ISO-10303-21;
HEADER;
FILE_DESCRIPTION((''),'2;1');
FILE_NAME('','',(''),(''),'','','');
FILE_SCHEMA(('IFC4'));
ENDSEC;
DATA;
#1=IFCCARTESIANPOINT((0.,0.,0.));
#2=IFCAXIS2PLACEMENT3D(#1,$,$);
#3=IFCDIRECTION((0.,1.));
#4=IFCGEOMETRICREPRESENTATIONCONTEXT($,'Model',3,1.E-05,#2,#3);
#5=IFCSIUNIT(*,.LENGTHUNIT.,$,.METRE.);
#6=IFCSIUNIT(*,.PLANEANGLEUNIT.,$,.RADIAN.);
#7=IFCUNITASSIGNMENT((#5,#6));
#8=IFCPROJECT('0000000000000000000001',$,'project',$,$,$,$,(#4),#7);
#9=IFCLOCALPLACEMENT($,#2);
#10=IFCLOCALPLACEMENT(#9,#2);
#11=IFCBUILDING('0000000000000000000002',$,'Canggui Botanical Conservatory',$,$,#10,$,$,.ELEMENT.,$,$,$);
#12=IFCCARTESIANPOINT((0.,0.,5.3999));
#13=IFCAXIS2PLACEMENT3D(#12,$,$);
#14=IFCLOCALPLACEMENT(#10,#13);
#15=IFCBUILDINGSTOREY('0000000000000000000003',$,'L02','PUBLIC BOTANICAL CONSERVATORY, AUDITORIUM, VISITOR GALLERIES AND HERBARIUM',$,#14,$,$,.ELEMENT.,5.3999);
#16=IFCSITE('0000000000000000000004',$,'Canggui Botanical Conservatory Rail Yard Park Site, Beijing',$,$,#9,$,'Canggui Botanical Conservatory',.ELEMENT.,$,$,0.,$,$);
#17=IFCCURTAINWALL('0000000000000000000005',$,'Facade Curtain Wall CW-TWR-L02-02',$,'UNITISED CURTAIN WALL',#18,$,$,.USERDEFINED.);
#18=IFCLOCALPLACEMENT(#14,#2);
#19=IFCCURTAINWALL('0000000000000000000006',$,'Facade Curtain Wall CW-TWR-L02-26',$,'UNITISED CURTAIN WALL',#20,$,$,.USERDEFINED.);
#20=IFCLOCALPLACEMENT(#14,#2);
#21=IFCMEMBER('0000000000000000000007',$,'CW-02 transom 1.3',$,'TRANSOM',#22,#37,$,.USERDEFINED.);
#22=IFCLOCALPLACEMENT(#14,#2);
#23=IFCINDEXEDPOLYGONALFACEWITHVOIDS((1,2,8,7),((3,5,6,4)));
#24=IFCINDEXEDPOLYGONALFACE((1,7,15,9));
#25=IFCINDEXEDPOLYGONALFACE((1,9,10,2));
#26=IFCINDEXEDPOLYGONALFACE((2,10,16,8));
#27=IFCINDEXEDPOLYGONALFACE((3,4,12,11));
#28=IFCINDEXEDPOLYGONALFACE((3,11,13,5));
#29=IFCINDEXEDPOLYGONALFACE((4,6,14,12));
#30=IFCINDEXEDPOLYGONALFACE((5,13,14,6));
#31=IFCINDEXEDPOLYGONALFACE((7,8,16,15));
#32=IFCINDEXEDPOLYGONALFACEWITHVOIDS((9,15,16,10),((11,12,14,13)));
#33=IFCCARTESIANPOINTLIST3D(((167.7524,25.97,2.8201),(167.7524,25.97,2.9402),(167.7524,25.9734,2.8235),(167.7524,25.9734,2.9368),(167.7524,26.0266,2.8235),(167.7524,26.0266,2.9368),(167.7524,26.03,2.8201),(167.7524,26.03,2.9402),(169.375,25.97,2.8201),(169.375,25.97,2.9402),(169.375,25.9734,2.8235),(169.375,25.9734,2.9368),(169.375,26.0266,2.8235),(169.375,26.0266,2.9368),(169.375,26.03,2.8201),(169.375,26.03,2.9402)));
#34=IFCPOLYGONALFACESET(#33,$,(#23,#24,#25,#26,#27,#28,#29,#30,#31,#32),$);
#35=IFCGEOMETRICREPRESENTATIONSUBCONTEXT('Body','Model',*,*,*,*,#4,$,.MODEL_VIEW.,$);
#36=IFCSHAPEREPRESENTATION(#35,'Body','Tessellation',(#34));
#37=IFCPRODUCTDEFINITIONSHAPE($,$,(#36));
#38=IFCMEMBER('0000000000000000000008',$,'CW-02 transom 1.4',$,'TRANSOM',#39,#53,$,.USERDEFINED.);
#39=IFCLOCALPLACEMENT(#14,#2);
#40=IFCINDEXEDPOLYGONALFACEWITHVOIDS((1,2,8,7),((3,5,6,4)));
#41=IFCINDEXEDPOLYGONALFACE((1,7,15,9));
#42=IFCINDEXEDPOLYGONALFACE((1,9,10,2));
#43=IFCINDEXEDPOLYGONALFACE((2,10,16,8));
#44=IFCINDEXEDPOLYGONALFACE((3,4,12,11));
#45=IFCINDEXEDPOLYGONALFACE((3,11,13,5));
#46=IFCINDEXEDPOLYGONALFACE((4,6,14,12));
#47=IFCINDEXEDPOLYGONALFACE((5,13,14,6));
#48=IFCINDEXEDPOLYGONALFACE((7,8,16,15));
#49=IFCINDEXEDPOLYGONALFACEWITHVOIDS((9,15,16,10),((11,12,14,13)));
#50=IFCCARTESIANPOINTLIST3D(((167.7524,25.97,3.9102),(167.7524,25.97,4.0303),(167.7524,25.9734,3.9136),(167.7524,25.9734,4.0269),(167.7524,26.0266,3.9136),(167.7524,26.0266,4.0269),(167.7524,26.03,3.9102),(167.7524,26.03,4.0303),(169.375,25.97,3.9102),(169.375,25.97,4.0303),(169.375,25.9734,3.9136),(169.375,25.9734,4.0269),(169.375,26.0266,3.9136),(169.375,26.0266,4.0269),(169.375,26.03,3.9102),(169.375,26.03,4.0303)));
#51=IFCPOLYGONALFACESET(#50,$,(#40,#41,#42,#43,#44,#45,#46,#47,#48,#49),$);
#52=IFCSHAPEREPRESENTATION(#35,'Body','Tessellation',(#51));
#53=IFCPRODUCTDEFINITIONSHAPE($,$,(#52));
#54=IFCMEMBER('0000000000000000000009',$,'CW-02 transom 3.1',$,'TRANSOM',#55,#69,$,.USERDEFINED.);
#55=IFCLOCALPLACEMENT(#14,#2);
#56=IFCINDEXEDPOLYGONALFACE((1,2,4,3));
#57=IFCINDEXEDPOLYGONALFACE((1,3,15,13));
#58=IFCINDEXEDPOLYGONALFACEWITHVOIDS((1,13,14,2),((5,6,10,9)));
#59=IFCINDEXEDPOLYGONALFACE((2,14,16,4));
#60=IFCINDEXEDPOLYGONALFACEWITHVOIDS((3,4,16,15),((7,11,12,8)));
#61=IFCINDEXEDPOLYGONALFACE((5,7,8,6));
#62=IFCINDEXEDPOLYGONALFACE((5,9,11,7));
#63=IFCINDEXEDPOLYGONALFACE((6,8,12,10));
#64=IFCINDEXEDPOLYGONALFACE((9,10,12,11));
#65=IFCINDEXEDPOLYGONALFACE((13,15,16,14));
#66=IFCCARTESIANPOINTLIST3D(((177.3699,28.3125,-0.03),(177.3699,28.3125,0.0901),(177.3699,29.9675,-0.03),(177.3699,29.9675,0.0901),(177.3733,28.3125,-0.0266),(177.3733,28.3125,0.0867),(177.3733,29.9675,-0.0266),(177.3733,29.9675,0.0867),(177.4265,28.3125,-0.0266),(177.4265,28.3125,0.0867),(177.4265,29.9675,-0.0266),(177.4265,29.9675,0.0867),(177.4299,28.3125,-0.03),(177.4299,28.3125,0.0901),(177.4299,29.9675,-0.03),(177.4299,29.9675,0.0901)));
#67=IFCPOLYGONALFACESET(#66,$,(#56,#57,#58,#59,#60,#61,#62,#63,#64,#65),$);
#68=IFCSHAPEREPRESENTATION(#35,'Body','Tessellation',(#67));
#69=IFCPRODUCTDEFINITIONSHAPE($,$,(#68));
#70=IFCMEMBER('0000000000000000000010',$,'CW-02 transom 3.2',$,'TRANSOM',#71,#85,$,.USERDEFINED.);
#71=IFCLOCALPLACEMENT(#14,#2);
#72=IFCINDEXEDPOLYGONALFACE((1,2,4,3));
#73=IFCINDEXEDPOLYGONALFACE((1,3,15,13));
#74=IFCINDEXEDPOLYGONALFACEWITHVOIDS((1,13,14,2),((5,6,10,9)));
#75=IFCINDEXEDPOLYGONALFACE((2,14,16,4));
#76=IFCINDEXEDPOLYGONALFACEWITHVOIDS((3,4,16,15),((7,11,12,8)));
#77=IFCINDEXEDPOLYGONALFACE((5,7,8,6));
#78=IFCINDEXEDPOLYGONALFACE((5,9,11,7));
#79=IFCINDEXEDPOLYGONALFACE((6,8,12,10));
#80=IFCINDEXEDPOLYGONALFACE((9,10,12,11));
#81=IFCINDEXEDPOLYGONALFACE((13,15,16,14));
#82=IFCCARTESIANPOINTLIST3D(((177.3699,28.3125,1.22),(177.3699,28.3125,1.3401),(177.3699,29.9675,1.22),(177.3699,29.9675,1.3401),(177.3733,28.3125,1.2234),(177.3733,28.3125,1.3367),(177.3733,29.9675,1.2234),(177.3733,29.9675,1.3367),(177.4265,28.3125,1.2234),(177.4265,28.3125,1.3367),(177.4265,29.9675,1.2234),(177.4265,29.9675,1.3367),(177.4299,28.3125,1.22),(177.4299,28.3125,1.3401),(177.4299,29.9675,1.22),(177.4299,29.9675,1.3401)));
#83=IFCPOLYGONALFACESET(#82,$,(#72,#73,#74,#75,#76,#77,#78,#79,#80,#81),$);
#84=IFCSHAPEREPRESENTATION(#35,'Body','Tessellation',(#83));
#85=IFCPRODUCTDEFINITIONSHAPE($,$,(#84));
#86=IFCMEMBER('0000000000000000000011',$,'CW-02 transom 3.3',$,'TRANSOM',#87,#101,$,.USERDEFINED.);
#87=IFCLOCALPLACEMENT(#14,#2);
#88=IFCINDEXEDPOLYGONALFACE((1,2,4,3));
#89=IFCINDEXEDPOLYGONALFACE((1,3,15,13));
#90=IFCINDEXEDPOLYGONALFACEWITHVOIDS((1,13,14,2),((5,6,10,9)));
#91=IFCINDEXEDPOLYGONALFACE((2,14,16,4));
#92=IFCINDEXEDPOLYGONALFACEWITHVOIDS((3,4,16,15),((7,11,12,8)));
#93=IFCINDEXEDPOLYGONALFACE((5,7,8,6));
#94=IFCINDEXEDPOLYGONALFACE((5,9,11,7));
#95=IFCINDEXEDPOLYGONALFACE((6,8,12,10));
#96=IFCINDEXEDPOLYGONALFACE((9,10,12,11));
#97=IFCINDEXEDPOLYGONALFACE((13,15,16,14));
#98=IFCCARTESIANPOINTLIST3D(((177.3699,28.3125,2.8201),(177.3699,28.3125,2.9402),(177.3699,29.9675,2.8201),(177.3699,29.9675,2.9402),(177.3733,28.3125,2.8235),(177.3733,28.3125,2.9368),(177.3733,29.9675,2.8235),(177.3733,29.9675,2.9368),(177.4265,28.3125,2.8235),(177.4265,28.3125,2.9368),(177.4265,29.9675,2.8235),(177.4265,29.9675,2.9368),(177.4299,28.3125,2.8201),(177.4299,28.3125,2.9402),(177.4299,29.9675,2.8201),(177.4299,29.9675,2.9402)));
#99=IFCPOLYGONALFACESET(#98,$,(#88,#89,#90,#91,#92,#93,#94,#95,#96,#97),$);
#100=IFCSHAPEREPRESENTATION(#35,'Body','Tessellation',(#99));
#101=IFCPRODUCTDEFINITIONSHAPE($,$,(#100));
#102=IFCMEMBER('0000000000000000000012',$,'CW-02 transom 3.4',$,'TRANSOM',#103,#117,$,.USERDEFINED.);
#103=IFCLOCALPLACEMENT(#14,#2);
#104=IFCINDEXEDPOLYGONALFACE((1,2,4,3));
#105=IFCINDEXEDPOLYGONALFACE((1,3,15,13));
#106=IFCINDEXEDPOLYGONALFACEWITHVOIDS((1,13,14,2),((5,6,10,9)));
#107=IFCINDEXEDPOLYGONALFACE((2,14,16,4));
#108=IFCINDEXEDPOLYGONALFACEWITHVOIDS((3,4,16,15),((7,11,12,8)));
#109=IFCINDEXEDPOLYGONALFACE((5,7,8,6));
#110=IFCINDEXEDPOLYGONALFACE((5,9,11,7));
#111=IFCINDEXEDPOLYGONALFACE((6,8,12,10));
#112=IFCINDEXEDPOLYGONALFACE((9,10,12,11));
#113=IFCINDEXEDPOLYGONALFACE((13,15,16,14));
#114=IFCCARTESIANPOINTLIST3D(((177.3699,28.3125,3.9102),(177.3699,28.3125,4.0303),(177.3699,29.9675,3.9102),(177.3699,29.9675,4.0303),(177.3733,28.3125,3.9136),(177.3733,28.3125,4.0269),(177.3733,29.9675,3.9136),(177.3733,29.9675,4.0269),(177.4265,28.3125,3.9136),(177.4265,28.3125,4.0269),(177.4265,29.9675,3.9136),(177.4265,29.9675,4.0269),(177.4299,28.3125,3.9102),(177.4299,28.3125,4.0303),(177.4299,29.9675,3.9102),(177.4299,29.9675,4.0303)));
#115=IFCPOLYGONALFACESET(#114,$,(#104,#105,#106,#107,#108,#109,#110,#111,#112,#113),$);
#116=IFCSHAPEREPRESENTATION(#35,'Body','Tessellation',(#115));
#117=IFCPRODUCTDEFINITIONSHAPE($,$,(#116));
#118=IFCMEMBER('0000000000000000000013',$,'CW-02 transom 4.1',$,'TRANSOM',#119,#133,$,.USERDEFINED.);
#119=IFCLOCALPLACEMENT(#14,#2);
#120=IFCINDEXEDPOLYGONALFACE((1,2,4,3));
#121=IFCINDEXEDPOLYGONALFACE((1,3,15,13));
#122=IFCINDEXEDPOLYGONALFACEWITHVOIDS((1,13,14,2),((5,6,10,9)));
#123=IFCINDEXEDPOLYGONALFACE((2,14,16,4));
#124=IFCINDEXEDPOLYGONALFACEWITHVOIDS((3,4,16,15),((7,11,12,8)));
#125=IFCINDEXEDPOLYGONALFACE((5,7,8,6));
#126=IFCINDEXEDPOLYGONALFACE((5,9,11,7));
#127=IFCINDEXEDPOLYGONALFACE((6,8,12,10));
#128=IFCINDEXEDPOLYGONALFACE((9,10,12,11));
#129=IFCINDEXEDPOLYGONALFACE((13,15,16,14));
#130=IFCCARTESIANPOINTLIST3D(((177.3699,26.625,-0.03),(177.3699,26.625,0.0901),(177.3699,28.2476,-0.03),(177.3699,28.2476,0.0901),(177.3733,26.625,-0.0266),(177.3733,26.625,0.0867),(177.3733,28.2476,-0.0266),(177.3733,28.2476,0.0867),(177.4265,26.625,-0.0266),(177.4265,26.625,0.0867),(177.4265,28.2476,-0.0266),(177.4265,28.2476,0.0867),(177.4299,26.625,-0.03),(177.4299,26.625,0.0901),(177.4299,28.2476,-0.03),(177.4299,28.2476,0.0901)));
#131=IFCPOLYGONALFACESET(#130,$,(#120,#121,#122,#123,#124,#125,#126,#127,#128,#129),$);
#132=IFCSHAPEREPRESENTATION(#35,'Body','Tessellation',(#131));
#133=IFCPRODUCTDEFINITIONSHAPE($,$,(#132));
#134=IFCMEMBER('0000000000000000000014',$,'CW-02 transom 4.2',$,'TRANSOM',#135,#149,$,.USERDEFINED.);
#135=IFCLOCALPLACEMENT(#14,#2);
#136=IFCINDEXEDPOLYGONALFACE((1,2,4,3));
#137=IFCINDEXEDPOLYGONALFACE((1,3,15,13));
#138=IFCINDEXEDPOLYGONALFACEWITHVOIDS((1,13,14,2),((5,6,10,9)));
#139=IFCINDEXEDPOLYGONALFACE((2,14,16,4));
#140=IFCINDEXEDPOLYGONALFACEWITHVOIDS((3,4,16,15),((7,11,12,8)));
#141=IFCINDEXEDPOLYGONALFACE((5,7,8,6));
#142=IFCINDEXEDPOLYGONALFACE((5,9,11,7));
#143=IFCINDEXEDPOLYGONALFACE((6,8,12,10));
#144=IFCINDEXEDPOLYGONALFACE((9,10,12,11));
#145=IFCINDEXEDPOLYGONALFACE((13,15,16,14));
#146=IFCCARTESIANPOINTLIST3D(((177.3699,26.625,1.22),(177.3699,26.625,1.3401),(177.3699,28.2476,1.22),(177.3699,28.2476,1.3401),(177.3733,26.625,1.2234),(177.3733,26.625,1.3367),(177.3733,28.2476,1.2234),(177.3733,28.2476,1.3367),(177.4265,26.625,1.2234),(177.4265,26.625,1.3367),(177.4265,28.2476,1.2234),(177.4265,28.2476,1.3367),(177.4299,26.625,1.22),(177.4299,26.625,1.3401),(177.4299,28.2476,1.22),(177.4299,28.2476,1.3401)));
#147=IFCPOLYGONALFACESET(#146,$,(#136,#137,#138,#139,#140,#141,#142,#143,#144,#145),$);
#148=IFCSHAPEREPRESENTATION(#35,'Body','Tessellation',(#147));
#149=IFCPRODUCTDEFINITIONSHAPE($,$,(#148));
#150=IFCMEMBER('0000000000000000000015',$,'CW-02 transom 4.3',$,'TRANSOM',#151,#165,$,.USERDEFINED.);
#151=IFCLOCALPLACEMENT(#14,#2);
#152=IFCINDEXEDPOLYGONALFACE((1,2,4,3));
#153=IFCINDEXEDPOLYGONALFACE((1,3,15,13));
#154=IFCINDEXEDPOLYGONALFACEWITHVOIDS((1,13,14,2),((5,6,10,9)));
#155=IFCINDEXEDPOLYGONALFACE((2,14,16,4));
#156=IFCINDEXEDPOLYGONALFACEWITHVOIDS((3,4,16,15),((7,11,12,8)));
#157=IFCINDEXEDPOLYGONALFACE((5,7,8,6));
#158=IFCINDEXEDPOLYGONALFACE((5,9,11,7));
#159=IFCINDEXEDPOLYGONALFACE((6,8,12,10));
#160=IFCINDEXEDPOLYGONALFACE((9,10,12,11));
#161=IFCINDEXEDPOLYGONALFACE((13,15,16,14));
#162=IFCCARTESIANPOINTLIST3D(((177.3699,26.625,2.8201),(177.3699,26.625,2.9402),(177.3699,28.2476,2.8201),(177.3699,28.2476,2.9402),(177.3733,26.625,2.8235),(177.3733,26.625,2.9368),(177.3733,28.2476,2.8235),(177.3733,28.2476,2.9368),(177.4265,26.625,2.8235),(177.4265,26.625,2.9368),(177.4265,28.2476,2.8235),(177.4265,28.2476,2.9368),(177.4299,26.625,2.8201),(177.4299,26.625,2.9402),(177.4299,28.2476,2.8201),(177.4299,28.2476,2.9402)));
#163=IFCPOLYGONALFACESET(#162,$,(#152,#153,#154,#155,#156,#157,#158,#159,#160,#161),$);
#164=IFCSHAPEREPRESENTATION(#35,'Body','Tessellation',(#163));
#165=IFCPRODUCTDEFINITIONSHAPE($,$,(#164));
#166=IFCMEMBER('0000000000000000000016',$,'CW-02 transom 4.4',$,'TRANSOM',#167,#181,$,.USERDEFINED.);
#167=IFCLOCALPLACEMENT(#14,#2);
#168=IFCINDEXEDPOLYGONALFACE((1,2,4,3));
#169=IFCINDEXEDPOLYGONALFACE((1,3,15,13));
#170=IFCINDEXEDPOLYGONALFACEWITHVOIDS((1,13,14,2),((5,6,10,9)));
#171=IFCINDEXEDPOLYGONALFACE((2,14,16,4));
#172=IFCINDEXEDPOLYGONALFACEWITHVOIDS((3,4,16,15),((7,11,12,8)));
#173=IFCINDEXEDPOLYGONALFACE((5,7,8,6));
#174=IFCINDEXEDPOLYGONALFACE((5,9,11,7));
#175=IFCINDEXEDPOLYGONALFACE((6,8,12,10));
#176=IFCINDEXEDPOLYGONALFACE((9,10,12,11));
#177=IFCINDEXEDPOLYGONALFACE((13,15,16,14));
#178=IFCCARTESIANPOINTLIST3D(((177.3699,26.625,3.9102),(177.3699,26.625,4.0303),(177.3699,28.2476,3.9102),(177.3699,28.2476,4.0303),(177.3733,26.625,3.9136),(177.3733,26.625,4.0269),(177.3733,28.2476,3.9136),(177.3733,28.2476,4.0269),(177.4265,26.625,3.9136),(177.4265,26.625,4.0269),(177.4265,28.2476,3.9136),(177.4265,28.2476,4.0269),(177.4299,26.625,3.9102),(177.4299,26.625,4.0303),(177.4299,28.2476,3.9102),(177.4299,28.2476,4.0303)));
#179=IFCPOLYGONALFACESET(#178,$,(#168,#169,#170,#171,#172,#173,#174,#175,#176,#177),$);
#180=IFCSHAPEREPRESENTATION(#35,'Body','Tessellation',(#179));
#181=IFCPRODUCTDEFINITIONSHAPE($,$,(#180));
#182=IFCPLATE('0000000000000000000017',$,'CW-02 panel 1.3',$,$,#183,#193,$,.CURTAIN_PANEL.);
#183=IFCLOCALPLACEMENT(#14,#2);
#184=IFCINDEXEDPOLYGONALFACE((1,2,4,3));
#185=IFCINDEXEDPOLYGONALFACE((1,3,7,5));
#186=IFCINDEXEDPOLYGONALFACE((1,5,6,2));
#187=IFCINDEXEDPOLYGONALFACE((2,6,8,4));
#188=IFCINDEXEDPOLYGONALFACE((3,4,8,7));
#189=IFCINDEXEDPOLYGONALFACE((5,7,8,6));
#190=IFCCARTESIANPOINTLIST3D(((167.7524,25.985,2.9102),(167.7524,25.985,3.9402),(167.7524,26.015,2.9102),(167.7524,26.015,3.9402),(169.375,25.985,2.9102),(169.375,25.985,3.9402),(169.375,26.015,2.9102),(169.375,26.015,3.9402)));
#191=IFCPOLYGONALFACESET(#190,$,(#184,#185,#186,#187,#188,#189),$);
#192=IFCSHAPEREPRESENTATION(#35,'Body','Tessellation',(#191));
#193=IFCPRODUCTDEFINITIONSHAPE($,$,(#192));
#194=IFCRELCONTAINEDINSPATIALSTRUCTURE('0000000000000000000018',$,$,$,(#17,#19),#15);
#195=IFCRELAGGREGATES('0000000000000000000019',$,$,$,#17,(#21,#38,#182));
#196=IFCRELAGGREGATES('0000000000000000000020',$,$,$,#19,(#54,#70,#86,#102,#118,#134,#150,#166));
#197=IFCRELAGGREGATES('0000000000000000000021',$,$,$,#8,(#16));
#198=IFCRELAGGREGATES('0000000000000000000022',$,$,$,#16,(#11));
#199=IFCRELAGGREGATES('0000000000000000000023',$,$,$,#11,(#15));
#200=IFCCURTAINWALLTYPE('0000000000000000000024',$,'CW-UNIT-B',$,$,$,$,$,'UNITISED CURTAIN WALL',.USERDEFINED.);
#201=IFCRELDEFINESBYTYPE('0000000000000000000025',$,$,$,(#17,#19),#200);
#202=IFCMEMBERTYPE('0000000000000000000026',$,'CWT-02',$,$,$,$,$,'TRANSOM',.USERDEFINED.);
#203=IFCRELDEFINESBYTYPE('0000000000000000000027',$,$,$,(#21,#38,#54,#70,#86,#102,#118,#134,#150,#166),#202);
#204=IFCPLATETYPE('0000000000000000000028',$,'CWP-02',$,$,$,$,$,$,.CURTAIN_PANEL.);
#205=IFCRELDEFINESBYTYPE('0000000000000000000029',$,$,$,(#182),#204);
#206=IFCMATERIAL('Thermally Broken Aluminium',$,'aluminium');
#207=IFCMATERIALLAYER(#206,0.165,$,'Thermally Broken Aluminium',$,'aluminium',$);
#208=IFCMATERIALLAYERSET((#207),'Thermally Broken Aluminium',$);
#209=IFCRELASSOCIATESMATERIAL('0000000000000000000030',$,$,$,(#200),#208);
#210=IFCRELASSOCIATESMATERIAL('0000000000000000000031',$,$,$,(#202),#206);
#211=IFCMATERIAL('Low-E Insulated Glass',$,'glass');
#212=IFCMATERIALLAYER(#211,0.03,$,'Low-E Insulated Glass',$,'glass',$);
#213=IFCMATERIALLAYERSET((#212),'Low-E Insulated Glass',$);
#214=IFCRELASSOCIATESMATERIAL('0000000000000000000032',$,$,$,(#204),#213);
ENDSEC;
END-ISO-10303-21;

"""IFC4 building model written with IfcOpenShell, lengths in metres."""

from ifc_helpers import new_model, si_unit, direction, frame, origin, origin_2d, place, context, subcontext, project, spatial, rectangle, hollow_rectangle, extrude, material, layer, layer_set, material_profile, profile_set, type_object, element, aggregate, save


model = new_model("IFC4")

# Units and contexts
model_context = context("Model", 3, precision=1e-05, world=origin(), true_north=direction((0.0, 1.0)))
body_context = subcontext(model_context, "Body", "Model", "MODEL_VIEW")
ifc_project = project(units=[si_unit("LENGTHUNIT", "METRE"), si_unit("PLANEANGLEUNIT", "RADIAN")], contexts=[model_context])

# Site, building, storey
site_placement = place(None, origin())
site = spatial("IfcSite", under=ifc_project, at=site_placement, Name="Canggui Botanical Conservatory Rail Yard Park Site, Beijing", LongName="Canggui Botanical Conservatory", CompositionType="ELEMENT", RefElevation=0.0)
building_placement = place(site_placement, origin())
building = spatial("IfcBuilding", under=site, at=building_placement, Name="Canggui Botanical Conservatory", CompositionType="ELEMENT")
storey_placement = place(building_placement, frame((0.0, 0.0, 5.3999)))
storey = spatial("IfcBuildingStorey", under=building, at=storey_placement, Name="L02", Description="PUBLIC BOTANICAL CONSERVATORY, AUDITORIUM, VISITOR GALLERIES AND HERBARIUM", CompositionType="ELEMENT", Elevation=5.3999)

# Curtain wall
ifc_material_1 = material(Name="Thermally Broken Aluminium", Category="aluminium")
ifc_layer_1 = layer(ifc_material_1, 0.165, Name="Thermally Broken Aluminium", Category="aluminium")
ifc_layer_set_1 = layer_set([ifc_layer_1], Name="Thermally Broken Aluminium")
curtain_wall_type = type_object("IfcCurtainWallType", Name="CW-UNIT-B", ElementType="UNITISED CURTAIN WALL", PredefinedType="USERDEFINED", material=ifc_layer_set_1)
curtain_wall_1_placement = place(storey_placement, origin())
curtain_wall_1 = element("IfcCurtainWall", 1, at=curtain_wall_1_placement, inside=storey, type_object=curtain_wall_type, Name="Facade Curtain Wall CW-TWR-L02-02", ObjectType="UNITISED CURTAIN WALL", PredefinedType="USERDEFINED")

# Curtain wall
curtain_wall_2_placement = place(storey_placement, origin())
curtain_wall_2 = element("IfcCurtainWall", 2, at=curtain_wall_2_placement, inside=storey, type_object=curtain_wall_type, Name="Facade Curtain Wall CW-TWR-L02-26", ObjectType="UNITISED CURTAIN WALL", PredefinedType="USERDEFINED")

# Members
ifc_material_profile_1 = material_profile(ifc_material_1, hollow_rectangle(XDim=0.0601, YDim=0.1201, WallThickness=0.0034, at=origin_2d()), Name="CWT 60x120x3.5")
ifc_profile_set_1 = profile_set([ifc_material_profile_1], Name="Thermally Broken Aluminium")
member_type_1 = type_object("IfcMemberType", Name="CWT-02", ElementType="TRANSOM", PredefinedType="USERDEFINED", material=ifc_profile_set_1)
member_1_placement = place(storey_placement, frame((169.375, 26.0, 2.8801), z_axis=(-1.0, 0.0, 0.0), x_axis=(0.0, -1.0, 0.0)))
member_1 = element("IfcMember", 3, at=member_1_placement, type_object=member_type_1, Name="CW-02 transom 1.3", ObjectType="TRANSOM", PredefinedType="USERDEFINED", context=body_context, shape_type="SweptSolid", body=[
    extrude(hollow_rectangle(XDim=0.0601, YDim=0.1201, WallThickness=0.0034, at=origin_2d()), origin(), (0.0, 0.0, 1.0), 1.6226),
])
member_2_placement = place(storey_placement, frame((169.375, 26.0, 3.9702), z_axis=(-1.0, 0.0, 0.0), x_axis=(0.0, -1.0, 0.0)))
member_2 = element("IfcMember", 4, at=member_2_placement, type_object=member_type_1, Name="CW-02 transom 1.4", ObjectType="TRANSOM", PredefinedType="USERDEFINED", context=body_context, shape_type="SweptSolid", body=[
    extrude(hollow_rectangle(XDim=0.0601, YDim=0.1201, WallThickness=0.0034, at=origin_2d()), origin(), (0.0, 0.0, 1.0), 1.6226),
])
member_3_placement = place(storey_placement, frame((177.3999, 29.9675, 0.03), z_axis=(0.0, -1.0, 0.0), x_axis=(1.0, 0.0, 0.0)))
member_3 = element("IfcMember", 5, at=member_3_placement, type_object=member_type_1, Name="CW-02 transom 3.1", ObjectType="TRANSOM", PredefinedType="USERDEFINED", context=body_context, shape_type="SweptSolid", body=[
    extrude(hollow_rectangle(XDim=0.0601, YDim=0.1201, WallThickness=0.0034, at=origin_2d()), origin(), (0.0, 0.0, 1.0), 1.655),
])
member_4_placement = place(storey_placement, frame((177.3999, 29.9675, 1.28), z_axis=(0.0, -1.0, 0.0), x_axis=(1.0, 0.0, 0.0)))
member_4 = element("IfcMember", 6, at=member_4_placement, type_object=member_type_1, Name="CW-02 transom 3.2", ObjectType="TRANSOM", PredefinedType="USERDEFINED", context=body_context, shape_type="SweptSolid", body=[
    extrude(hollow_rectangle(XDim=0.0601, YDim=0.1201, WallThickness=0.0034, at=origin_2d()), origin(), (0.0, 0.0, 1.0), 1.655),
])
member_5_placement = place(storey_placement, frame((177.3999, 29.9675, 2.8801), z_axis=(0.0, -1.0, 0.0), x_axis=(1.0, 0.0, 0.0)))
member_5 = element("IfcMember", 7, at=member_5_placement, type_object=member_type_1, Name="CW-02 transom 3.3", ObjectType="TRANSOM", PredefinedType="USERDEFINED", context=body_context, shape_type="SweptSolid", body=[
    extrude(hollow_rectangle(XDim=0.0601, YDim=0.1201, WallThickness=0.0034, at=origin_2d()), origin(), (0.0, 0.0, 1.0), 1.655),
])
member_6_placement = place(storey_placement, frame((177.3999, 29.9675, 3.9702), z_axis=(0.0, -1.0, 0.0), x_axis=(1.0, 0.0, 0.0)))
member_6 = element("IfcMember", 8, at=member_6_placement, type_object=member_type_1, Name="CW-02 transom 3.4", ObjectType="TRANSOM", PredefinedType="USERDEFINED", context=body_context, shape_type="SweptSolid", body=[
    extrude(hollow_rectangle(XDim=0.0601, YDim=0.1201, WallThickness=0.0034, at=origin_2d()), origin(), (0.0, 0.0, 1.0), 1.655),
])
member_7_placement = place(storey_placement, frame((177.3999, 28.2476, 0.03), z_axis=(0.0, -1.0, 0.0), x_axis=(1.0, 0.0, 0.0)))
member_7 = element("IfcMember", 9, at=member_7_placement, type_object=member_type_1, Name="CW-02 transom 4.1", ObjectType="TRANSOM", PredefinedType="USERDEFINED", context=body_context, shape_type="SweptSolid", body=[
    extrude(hollow_rectangle(XDim=0.0601, YDim=0.1201, WallThickness=0.0034, at=origin_2d()), origin(), (0.0, 0.0, 1.0), 1.6226),
])
member_8_placement = place(storey_placement, frame((177.3999, 28.2476, 1.28), z_axis=(0.0, -1.0, 0.0), x_axis=(1.0, 0.0, 0.0)))
member_8 = element("IfcMember", 10, at=member_8_placement, type_object=member_type_1, Name="CW-02 transom 4.2", ObjectType="TRANSOM", PredefinedType="USERDEFINED", context=body_context, shape_type="SweptSolid", body=[
    extrude(hollow_rectangle(XDim=0.0601, YDim=0.1201, WallThickness=0.0034, at=origin_2d()), origin(), (0.0, 0.0, 1.0), 1.6226),
])
member_9_placement = place(storey_placement, frame((177.3999, 28.2476, 2.8801), z_axis=(0.0, -1.0, 0.0), x_axis=(1.0, 0.0, 0.0)))
member_9 = element("IfcMember", 11, at=member_9_placement, type_object=member_type_1, Name="CW-02 transom 4.3", ObjectType="TRANSOM", PredefinedType="USERDEFINED", context=body_context, shape_type="SweptSolid", body=[
    extrude(hollow_rectangle(XDim=0.0601, YDim=0.1201, WallThickness=0.0034, at=origin_2d()), origin(), (0.0, 0.0, 1.0), 1.6226),
])
member_10_placement = place(storey_placement, frame((177.3999, 28.2476, 3.9702), z_axis=(0.0, -1.0, 0.0), x_axis=(1.0, 0.0, 0.0)))
member_10 = element("IfcMember", 12, at=member_10_placement, type_object=member_type_1, Name="CW-02 transom 4.4", ObjectType="TRANSOM", PredefinedType="USERDEFINED", context=body_context, shape_type="SweptSolid", body=[
    extrude(hollow_rectangle(XDim=0.0601, YDim=0.1201, WallThickness=0.0034, at=origin_2d()), origin(), (0.0, 0.0, 1.0), 1.6226),
])

# Plate
ifc_material_2 = material(Name="Low-E Insulated Glass", Category="glass")
ifc_layer_2 = layer(ifc_material_2, 0.03, Name="Low-E Insulated Glass", Category="glass")
ifc_layer_set_2 = layer_set([ifc_layer_2], Name="Low-E Insulated Glass")
plate_type = type_object("IfcPlateType", Name="CWP-02", PredefinedType="CURTAIN_PANEL", material=ifc_layer_set_2)
plate_1_placement = place(storey_placement, frame((168.5637, 26.0, 2.9102), z_axis=(0.0, 0.0, 1.0), x_axis=(-1.0, 0.0, 0.0)))
plate_1 = element("IfcPlate", 13, at=plate_1_placement, type_object=plate_type, Name="CW-02 panel 1.3", PredefinedType="CURTAIN_PANEL", context=body_context, shape_type="SweptSolid", body=[
    extrude(rectangle(XDim=1.6226, YDim=0.03, at=origin_2d()), origin(), (0.0, 0.0, 1.0), 1.03),
])
aggregate(curtain_wall_1, [member_1, member_2, plate_1])
aggregate(curtain_wall_2, [member_3, member_4, member_5, member_6, member_7, member_8, member_9, member_10])

save(model, "model.ifc")
